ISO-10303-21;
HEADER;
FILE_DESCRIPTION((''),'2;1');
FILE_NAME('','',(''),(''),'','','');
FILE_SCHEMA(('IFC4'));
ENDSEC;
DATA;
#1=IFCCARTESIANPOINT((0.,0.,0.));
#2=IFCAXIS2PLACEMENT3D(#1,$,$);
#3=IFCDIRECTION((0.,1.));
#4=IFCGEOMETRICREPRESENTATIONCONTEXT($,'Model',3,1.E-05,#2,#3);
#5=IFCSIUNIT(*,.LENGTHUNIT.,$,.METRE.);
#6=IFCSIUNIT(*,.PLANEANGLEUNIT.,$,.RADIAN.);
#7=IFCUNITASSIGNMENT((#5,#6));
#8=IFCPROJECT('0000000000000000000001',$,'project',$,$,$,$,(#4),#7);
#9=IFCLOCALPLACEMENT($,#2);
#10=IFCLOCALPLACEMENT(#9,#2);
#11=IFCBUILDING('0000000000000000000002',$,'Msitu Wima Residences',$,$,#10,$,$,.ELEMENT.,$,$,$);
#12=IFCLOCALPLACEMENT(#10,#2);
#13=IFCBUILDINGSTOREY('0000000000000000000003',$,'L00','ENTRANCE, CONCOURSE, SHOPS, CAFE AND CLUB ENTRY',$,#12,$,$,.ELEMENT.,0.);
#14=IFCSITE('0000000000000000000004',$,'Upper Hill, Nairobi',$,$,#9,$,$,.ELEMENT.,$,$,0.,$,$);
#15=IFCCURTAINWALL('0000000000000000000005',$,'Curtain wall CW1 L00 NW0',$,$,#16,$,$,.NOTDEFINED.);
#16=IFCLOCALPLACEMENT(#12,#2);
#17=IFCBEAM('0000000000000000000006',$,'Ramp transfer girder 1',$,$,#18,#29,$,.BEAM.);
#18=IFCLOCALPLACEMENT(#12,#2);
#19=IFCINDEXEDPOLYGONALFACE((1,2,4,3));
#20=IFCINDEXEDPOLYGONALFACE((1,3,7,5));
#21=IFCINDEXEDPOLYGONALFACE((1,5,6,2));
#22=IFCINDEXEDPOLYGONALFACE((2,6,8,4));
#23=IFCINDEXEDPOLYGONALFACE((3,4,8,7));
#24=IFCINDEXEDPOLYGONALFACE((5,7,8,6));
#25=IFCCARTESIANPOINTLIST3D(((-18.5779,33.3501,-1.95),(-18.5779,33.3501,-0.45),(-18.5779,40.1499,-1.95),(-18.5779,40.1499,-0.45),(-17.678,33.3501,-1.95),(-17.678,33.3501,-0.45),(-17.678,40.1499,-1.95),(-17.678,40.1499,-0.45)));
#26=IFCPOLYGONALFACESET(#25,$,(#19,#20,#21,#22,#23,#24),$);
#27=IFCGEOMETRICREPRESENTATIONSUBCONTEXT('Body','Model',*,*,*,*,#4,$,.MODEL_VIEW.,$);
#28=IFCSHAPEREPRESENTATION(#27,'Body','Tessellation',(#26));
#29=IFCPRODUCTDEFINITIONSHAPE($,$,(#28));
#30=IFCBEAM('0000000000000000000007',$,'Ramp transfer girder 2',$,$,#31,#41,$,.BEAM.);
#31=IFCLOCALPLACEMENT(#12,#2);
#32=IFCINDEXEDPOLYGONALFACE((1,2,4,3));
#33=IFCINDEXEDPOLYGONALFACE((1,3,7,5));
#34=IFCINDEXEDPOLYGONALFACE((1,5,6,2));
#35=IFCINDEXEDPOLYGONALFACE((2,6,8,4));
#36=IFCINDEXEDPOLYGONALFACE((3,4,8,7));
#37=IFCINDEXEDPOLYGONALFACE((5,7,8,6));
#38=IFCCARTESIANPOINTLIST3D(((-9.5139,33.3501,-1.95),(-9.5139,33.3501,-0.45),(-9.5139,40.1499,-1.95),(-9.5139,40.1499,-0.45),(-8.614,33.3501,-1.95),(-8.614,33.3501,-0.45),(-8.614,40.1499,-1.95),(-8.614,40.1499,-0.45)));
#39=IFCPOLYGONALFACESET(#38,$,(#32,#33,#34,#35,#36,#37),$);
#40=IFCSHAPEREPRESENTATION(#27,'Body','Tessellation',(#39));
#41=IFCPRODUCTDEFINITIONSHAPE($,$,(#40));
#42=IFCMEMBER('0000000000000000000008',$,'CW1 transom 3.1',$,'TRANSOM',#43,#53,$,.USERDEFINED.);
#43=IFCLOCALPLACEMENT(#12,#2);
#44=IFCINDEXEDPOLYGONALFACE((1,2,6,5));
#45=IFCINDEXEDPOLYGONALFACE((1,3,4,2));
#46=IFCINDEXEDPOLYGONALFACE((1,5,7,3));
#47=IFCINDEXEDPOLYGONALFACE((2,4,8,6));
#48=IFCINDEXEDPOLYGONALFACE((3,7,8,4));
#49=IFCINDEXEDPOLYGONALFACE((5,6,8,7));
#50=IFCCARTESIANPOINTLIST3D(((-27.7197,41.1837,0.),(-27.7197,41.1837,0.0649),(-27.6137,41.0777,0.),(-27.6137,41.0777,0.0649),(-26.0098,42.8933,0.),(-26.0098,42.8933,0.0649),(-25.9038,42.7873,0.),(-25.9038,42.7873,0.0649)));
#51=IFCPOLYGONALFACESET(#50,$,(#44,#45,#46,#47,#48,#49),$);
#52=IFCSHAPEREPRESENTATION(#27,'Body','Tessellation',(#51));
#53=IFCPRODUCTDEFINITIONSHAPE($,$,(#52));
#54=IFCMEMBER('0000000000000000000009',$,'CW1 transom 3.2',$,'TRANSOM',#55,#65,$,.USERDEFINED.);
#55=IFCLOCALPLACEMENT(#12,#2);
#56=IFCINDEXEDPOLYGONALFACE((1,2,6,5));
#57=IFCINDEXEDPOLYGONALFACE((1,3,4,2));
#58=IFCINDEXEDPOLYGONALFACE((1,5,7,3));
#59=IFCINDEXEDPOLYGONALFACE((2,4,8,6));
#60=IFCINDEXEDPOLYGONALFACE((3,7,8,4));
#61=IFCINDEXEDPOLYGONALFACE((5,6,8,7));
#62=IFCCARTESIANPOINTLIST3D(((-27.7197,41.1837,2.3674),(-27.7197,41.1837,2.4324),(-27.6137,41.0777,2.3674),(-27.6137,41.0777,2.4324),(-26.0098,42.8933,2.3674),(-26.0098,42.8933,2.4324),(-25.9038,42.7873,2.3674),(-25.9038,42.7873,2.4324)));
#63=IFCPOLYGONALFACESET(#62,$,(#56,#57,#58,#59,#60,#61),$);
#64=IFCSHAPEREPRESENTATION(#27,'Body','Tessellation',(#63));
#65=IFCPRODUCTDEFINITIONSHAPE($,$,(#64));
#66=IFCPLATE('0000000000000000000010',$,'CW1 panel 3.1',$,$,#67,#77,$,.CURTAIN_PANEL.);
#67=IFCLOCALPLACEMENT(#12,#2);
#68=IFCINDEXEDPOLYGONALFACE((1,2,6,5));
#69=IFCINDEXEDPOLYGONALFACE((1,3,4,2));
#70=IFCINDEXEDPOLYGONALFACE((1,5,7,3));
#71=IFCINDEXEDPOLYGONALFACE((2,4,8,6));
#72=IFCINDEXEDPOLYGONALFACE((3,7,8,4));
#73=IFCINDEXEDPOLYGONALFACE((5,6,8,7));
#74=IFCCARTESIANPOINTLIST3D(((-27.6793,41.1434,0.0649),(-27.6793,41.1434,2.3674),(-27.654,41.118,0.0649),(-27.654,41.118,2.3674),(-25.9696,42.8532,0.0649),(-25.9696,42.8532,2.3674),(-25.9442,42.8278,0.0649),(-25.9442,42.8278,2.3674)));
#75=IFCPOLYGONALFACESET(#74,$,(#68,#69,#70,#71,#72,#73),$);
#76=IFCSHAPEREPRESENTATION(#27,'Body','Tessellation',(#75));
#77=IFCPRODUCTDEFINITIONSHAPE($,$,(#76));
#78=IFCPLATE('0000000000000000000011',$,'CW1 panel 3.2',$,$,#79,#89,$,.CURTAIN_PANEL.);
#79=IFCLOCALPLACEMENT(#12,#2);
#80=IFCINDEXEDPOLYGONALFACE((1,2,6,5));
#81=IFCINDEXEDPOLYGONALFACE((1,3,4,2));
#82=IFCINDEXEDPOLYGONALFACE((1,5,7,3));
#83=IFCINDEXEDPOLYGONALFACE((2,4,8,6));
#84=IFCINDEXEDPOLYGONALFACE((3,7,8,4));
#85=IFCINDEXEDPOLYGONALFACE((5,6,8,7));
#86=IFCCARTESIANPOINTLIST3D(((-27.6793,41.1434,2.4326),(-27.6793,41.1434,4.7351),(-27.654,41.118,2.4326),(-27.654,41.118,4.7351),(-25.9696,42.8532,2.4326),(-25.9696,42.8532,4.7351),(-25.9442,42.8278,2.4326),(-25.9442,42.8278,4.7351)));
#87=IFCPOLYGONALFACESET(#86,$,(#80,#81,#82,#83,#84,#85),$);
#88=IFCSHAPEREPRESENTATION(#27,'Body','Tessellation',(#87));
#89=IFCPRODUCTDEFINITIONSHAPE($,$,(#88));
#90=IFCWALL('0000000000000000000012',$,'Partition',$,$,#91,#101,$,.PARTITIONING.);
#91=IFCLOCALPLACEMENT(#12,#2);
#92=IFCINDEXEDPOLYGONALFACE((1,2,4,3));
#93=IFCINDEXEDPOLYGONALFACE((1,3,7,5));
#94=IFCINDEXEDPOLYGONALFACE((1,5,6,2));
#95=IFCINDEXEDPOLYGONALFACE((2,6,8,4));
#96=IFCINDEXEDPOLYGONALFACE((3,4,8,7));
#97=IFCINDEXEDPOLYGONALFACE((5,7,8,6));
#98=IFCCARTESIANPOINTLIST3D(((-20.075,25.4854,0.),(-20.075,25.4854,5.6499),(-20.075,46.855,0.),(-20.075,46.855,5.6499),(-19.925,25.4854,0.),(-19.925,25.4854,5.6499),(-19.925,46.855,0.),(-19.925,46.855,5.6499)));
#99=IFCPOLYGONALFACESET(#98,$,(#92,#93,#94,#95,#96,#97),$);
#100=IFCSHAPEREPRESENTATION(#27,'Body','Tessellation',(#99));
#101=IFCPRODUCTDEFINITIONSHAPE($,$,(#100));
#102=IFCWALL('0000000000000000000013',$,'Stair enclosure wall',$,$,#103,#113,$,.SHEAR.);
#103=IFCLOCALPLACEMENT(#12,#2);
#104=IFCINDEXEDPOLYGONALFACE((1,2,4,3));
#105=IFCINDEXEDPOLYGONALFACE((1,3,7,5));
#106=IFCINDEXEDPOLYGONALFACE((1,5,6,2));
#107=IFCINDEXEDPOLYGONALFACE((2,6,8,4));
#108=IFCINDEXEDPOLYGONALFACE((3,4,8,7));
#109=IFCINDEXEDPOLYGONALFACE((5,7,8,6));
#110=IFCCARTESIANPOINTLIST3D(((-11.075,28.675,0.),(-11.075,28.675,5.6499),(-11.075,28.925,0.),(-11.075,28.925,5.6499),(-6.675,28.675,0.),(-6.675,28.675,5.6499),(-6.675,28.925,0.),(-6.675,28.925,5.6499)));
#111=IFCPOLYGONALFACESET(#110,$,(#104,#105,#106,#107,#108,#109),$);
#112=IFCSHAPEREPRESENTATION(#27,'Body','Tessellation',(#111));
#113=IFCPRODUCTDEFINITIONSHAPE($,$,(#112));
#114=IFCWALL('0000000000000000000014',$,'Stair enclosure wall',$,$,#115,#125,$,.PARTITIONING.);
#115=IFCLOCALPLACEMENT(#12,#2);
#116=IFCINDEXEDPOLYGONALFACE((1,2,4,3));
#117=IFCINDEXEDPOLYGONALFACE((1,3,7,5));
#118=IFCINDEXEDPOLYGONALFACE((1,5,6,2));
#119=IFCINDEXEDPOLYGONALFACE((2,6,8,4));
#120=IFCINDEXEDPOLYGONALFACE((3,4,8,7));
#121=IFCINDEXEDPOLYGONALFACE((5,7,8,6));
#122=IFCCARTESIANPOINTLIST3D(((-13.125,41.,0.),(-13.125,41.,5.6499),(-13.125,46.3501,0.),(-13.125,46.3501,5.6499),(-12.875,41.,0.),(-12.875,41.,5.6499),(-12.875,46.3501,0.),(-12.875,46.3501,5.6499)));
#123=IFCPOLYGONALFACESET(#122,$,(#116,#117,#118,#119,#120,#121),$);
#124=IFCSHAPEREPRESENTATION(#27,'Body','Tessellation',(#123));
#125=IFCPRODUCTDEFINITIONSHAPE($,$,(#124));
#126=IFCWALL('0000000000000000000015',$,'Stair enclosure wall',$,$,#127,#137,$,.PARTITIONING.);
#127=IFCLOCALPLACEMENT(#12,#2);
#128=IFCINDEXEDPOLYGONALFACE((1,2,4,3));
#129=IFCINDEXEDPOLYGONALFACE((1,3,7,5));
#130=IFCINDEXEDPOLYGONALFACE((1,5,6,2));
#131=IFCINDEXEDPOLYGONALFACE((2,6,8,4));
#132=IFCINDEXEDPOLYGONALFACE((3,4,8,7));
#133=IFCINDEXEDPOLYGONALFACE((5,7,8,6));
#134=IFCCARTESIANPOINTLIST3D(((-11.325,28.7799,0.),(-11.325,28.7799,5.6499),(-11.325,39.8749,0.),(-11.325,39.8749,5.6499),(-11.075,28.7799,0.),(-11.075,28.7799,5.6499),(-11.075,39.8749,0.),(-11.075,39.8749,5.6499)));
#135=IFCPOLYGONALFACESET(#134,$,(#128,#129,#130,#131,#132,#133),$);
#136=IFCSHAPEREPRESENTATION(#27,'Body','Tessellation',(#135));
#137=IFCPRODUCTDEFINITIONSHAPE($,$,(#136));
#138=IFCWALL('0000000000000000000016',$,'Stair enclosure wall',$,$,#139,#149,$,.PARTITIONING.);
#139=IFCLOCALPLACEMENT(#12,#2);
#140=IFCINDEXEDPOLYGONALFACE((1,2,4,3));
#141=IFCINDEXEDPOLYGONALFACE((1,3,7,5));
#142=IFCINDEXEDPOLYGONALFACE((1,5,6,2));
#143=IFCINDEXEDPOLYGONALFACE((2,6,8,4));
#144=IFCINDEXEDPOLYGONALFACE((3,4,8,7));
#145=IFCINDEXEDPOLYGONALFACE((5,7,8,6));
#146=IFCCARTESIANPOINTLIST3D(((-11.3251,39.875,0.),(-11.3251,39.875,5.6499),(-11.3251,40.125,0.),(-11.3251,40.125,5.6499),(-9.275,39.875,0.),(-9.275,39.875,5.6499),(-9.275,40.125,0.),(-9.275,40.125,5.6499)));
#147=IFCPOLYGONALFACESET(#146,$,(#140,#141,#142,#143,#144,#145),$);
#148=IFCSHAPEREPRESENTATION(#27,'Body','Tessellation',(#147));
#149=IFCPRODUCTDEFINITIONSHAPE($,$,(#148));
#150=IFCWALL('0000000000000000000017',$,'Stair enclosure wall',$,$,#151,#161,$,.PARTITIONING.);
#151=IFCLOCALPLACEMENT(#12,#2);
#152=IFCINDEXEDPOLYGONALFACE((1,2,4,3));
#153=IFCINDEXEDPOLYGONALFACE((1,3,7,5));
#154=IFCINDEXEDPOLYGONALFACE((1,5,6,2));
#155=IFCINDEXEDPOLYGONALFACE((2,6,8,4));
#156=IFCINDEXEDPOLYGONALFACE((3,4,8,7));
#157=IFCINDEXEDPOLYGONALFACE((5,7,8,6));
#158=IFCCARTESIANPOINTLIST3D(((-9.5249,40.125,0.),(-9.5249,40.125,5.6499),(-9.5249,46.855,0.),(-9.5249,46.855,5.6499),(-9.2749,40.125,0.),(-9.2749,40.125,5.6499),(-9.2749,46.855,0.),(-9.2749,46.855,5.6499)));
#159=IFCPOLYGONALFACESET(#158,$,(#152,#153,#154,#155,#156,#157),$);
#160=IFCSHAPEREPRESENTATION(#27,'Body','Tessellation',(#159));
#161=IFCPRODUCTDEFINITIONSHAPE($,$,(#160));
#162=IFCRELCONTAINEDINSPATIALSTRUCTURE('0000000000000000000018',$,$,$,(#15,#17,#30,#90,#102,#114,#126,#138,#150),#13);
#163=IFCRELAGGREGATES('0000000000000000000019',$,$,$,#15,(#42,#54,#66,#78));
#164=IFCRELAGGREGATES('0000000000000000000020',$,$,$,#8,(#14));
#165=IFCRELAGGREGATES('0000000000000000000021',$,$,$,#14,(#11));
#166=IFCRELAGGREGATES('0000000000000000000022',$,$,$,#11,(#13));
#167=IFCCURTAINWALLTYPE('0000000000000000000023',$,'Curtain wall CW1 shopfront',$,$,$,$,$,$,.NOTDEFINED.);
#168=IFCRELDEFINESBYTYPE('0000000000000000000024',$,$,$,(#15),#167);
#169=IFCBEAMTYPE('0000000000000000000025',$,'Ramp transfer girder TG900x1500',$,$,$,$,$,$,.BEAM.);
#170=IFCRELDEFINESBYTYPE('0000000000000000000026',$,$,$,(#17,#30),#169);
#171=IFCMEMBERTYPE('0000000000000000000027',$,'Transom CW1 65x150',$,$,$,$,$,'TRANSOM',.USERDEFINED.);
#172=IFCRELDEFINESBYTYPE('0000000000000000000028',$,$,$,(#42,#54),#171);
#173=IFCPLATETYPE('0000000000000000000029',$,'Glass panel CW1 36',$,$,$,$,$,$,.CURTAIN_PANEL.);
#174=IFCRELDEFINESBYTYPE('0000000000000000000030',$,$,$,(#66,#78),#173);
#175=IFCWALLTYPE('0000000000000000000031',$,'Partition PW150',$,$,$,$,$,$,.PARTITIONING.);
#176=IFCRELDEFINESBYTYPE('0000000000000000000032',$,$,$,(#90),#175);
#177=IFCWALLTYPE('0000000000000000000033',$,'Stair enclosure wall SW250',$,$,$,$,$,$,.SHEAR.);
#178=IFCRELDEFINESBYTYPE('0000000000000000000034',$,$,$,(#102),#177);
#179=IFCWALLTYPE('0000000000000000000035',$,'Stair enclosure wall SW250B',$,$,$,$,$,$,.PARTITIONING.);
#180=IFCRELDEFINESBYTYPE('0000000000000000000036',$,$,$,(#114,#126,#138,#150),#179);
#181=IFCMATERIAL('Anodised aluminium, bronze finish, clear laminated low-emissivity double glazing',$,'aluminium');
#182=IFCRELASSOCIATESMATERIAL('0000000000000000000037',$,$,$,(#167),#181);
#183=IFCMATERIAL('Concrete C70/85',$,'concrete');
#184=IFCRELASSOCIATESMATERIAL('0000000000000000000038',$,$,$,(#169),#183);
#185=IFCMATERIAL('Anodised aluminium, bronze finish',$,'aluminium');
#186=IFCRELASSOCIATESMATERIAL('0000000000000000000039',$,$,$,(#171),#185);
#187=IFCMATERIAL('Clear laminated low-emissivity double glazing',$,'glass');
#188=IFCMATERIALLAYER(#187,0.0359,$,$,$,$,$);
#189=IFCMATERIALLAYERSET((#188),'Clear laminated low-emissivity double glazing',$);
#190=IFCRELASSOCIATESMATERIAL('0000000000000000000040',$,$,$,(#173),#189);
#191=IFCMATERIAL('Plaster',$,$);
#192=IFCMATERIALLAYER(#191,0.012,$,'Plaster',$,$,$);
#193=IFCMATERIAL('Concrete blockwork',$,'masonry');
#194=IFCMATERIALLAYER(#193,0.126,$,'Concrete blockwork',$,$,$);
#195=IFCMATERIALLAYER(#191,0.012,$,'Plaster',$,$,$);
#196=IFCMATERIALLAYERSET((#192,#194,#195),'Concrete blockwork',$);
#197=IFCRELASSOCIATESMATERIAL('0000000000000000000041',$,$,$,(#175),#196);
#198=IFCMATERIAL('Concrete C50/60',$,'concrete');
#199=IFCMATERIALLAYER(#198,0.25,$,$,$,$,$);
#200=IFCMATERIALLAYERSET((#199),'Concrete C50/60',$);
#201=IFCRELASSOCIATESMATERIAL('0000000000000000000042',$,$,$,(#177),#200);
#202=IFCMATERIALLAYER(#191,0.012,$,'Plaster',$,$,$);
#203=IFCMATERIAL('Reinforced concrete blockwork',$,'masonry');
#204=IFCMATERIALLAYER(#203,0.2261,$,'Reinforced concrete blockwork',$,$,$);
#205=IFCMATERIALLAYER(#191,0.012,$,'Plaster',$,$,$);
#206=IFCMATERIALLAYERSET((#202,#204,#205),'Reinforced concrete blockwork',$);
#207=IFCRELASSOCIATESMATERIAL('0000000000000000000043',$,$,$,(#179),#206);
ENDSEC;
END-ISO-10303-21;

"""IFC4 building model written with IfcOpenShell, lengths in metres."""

from ifc_helpers import new_model, si_unit, direction, frame, frame_2d, origin, origin_2d, place, context, subcontext, project, spatial, rectangle, extrude, material, layer, layer_set, material_profile, profile_set, type_object, element, aggregate, save


model = new_model("IFC4")

# Units and contexts
model_context = context("Model", 3, precision=1e-05, world=origin(), true_north=direction((0.0, 1.0)))
body_context = subcontext(model_context, "Body", "Model", "MODEL_VIEW")
ifc_project = project(units=[si_unit("LENGTHUNIT", "METRE"), si_unit("PLANEANGLEUNIT", "RADIAN")], contexts=[model_context])

# Site, building, storey
site_placement = place(None, origin())
site = spatial("IfcSite", under=ifc_project, at=site_placement, Name="Upper Hill, Nairobi", CompositionType="ELEMENT", RefElevation=0.0)
building_placement = place(site_placement, origin())
building = spatial("IfcBuilding", under=site, at=building_placement, Name="Msitu Wima Residences", CompositionType="ELEMENT")
storey_placement = place(building_placement, origin())
storey = spatial("IfcBuildingStorey", under=building, at=storey_placement, Name="L00", Description="ENTRANCE, CONCOURSE, SHOPS, CAFE AND CLUB ENTRY", CompositionType="ELEMENT", Elevation=0.0)

# Shared definitions
ifc_material_1 = material(Name="Concrete C70/85", Category="concrete")

# Curtain wall
ifc_material_2 = material(Name="Anodised aluminium, bronze finish, clear laminated low-emissivity double glazing", Category="aluminium")
curtain_wall_type = type_object("IfcCurtainWallType", Name="Curtain wall CW1 shopfront", PredefinedType="NOTDEFINED", material=ifc_material_2)
curtain_wall_placement = place(storey_placement, origin())
curtain_wall = element("IfcCurtainWall", 1, at=curtain_wall_placement, inside=storey, type_object=curtain_wall_type, Name="Curtain wall CW1 L00 NW0", PredefinedType="NOTDEFINED")
ifc_material_3 = material(Name="Anodised aluminium, bronze finish", Category="aluminium")

# Beams
ifc_material_profile_1 = material_profile(ifc_material_1, rectangle(XDim=0.8999, YDim=1.5, at=origin_2d()), Name="RC 900x1500")
ifc_profile_set_1 = profile_set([ifc_material_profile_1], Name="Concrete C70/85")
beam_type_1 = type_object("IfcBeamType", Name="Ramp transfer girder TG900x1500", PredefinedType="BEAM", material=ifc_profile_set_1)
for number, where, z_axis, x_axis, name in (
    (2, (-18.1279, 33.3501, -1.2), (0.0, 1.0, 0.0), (-1.0, 0.0, 0.0), "Ramp transfer girder 1"),
    (3, (-9.064, 33.3501, -1.2), (0.0, 1.0, 0.0), (-1.0, 0.0, 0.0), "Ramp transfer girder 2"),
):
    element("IfcBeam", number, at=place(storey_placement, frame(where, z_axis=z_axis, x_axis=x_axis)), inside=storey, type_object=beam_type_1, Name=name, PredefinedType="BEAM", context=body_context, shape_type="SweptSolid", body=[
        extrude(rectangle(XDim=0.8999, YDim=1.5, at=origin_2d()), origin(), (0.0, 0.0, 1.0), 6.7998),
    ])

# Members
ifc_material_profile_2 = material_profile(ifc_material_3, rectangle(XDim=0.1499, YDim=0.0649, at=origin_2d()), Name="Transom 65x150")
ifc_profile_set_2 = profile_set([ifc_material_profile_2], Name="Anodised aluminium, bronze finish")
member_type_1 = type_object("IfcMemberType", Name="Transom CW1 65x150", ElementType="TRANSOM", PredefinedType="USERDEFINED", material=ifc_profile_set_2)
member_1_placement = place(storey_placement, frame((-25.9568, 42.8403, 0.0325), z_axis=(-0.707157, -0.707056, 0.0), x_axis=(0.707056, -0.707157, 0.0)))
member_1 = element("IfcMember", 4, at=member_1_placement, type_object=member_type_1, Name="CW1 transom 3.1", ObjectType="TRANSOM", PredefinedType="USERDEFINED", context=body_context, shape_type="SweptSolid", body=[
    extrude(rectangle(XDim=0.1499, YDim=0.0649, at=origin_2d()), origin(), (0.0, 0.0, 1.0), 2.418),
])
member_2_placement = place(storey_placement, frame((-25.9568, 42.8403, 2.3999), z_axis=(-0.707157, -0.707056, 0.0), x_axis=(0.707056, -0.707157, 0.0)))
member_2 = element("IfcMember", 5, at=member_2_placement, type_object=member_type_1, Name="CW1 transom 3.2", ObjectType="TRANSOM", PredefinedType="USERDEFINED", context=body_context, shape_type="SweptSolid", body=[
    extrude(rectangle(XDim=0.1499, YDim=0.0649, at=origin_2d()), origin(), (0.0, 0.0, 1.0), 2.418),
])

# Plates
ifc_material_4 = material(Name="Clear laminated low-emissivity double glazing", Category="glass")
ifc_layer_1 = layer(ifc_material_4, 0.0359)
ifc_layer_set_1 = layer_set([ifc_layer_1], Name="Clear laminated low-emissivity double glazing")
plate_type = type_object("IfcPlateType", Name="Glass panel CW1 36", PredefinedType="CURTAIN_PANEL", material=ifc_layer_set_1)
plate_1_placement = place(storey_placement, frame((-26.8118, 41.9856, 0.0649), z_axis=(0.0, 0.0, 1.0), x_axis=(-0.707107, -0.707107, 0.0)))
plate_1 = element("IfcPlate", 6, at=plate_1_placement, type_object=plate_type, Name="CW1 panel 3.1", PredefinedType="CURTAIN_PANEL", context=body_context, shape_type="SweptSolid", body=[
    extrude(rectangle(XDim=2.418, YDim=0.0359, at=origin_2d()), origin(), (0.0, 0.0, 1.0), 2.3025),
])
plate_2_placement = place(storey_placement, frame((-26.8118, 41.9856, 2.4326), z_axis=(0.0, 0.0, 1.0), x_axis=(-0.707107, -0.707107, 0.0)))
plate_2 = element("IfcPlate", 7, at=plate_2_placement, type_object=plate_type, Name="CW1 panel 3.2", PredefinedType="CURTAIN_PANEL", context=body_context, shape_type="SweptSolid", body=[
    extrude(rectangle(XDim=2.418, YDim=0.0359, at=origin_2d()), origin(), (0.0, 0.0, 1.0), 2.3025),
])
aggregate(curtain_wall, [member_1, member_2, plate_1, plate_2])

# Walls
ifc_material_5 = material(Name="Plaster")
ifc_layer_2 = layer(ifc_material_5, 0.012, Name="Plaster")
ifc_material_6 = material(Name="Concrete blockwork", Category="masonry")
ifc_layer_3 = layer(ifc_material_6, 0.126, Name="Concrete blockwork")
ifc_layer_4 = layer(ifc_material_5, 0.012, Name="Plaster")
ifc_layer_set_2 = layer_set([ifc_layer_2, ifc_layer_3, ifc_layer_4], Name="Concrete blockwork")
wall_type_1 = type_object("IfcWallType", Name="Partition PW150", PredefinedType="PARTITIONING", material=ifc_layer_set_2)
wall_1_placement = place(storey_placement, frame((-20.0, 25.4854, 0.0), z_axis=(0.0, 0.0, 1.0), x_axis=(0.0, 1.0, 0.0)))
element("IfcWall", 8, at=wall_1_placement, inside=storey, type_object=wall_type_1, Name="Partition", PredefinedType="PARTITIONING", context=body_context, shape_type="SweptSolid", body=[
    extrude(rectangle(XDim=21.3696, YDim=0.1499, at=frame_2d((10.6848, 0.0))), origin(), (0.0, 0.0, 1.0), 5.6499),
])
ifc_material_7 = material(Name="Concrete C50/60", Category="concrete")
ifc_layer_5 = layer(ifc_material_7, 0.25)
ifc_layer_set_3 = layer_set([ifc_layer_5], Name="Concrete C50/60")
wall_type_2 = type_object("IfcWallType", Name="Stair enclosure wall SW250", PredefinedType="SHEAR", material=ifc_layer_set_3)
wall_2_placement = place(storey_placement, frame((-11.075, 28.8, 0.0), z_axis=(0.0, 0.0, 1.0), x_axis=(1.0, 0.0, 0.0)))
element("IfcWall", 9, at=wall_2_placement, inside=storey, type_object=wall_type_2, Name="Stair enclosure wall", PredefinedType="SHEAR", context=body_context, shape_type="SweptSolid", body=[
    extrude(rectangle(XDim=4.3999, YDim=0.25, at=frame_2d((2.2, 0.0))), origin(), (0.0, 0.0, 1.0), 5.6499),
])
ifc_layer_6 = layer(ifc_material_5, 0.012, Name="Plaster")
ifc_material_8 = material(Name="Reinforced concrete blockwork", Category="masonry")
ifc_layer_7 = layer(ifc_material_8, 0.2261, Name="Reinforced concrete blockwork")
ifc_layer_8 = layer(ifc_material_5, 0.012, Name="Plaster")
ifc_layer_set_4 = layer_set([ifc_layer_6, ifc_layer_7, ifc_layer_8], Name="Reinforced concrete blockwork")
wall_type_3 = type_object("IfcWallType", Name="Stair enclosure wall SW250B", PredefinedType="PARTITIONING", material=ifc_layer_set_4)
wall_3_placement = place(storey_placement, frame((-13.0, 41.0, 0.0), z_axis=(0.0, 0.0, 1.0), x_axis=(0.0, 1.0, 0.0)))
element("IfcWall", 10, at=wall_3_placement, inside=storey, type_object=wall_type_3, Name="Stair enclosure wall", PredefinedType="PARTITIONING", context=body_context, shape_type="SweptSolid", body=[
    extrude(rectangle(XDim=5.3501, YDim=0.25, at=frame_2d((2.675, 0.0))), origin(), (0.0, 0.0, 1.0), 5.6499),
])
wall_4_placement = place(storey_placement, frame((-11.2, 28.78, 0.0), z_axis=(0.0, 0.0, 1.0), x_axis=(0.0, 1.0, 0.0)))
element("IfcWall", 11, at=wall_4_placement, inside=storey, type_object=wall_type_3, Name="Stair enclosure wall", PredefinedType="PARTITIONING", context=body_context, shape_type="SweptSolid", body=[
    extrude(rectangle(XDim=11.095, YDim=0.25, at=frame_2d((5.5474, 0.0))), origin(), (0.0, 0.0, 1.0), 5.6499),
])
wall_5_placement = place(storey_placement, frame((-11.325, 40.0, 0.0), z_axis=(0.0, 0.0, 1.0), x_axis=(1.0, 0.0, 0.0)))
element("IfcWall", 12, at=wall_5_placement, inside=storey, type_object=wall_type_3, Name="Stair enclosure wall", PredefinedType="PARTITIONING", context=body_context, shape_type="SweptSolid", body=[
    extrude(rectangle(XDim=2.05, YDim=0.25, at=frame_2d((1.0249, 0.0))), origin(), (0.0, 0.0, 1.0), 5.6499),
])
wall_6_placement = place(storey_placement, frame((-9.3999, 40.125, 0.0), z_axis=(0.0, 0.0, 1.0), x_axis=(0.0, 1.0, 0.0)))
element("IfcWall", 13, at=wall_6_placement, inside=storey, type_object=wall_type_3, Name="Stair enclosure wall", PredefinedType="PARTITIONING", context=body_context, shape_type="SweptSolid", body=[
    extrude(rectangle(XDim=6.73, YDim=0.25, at=frame_2d((3.365, 0.0))), origin(), (0.0, 0.0, 1.0), 5.6499),
])

save(model, "model.ifc")
